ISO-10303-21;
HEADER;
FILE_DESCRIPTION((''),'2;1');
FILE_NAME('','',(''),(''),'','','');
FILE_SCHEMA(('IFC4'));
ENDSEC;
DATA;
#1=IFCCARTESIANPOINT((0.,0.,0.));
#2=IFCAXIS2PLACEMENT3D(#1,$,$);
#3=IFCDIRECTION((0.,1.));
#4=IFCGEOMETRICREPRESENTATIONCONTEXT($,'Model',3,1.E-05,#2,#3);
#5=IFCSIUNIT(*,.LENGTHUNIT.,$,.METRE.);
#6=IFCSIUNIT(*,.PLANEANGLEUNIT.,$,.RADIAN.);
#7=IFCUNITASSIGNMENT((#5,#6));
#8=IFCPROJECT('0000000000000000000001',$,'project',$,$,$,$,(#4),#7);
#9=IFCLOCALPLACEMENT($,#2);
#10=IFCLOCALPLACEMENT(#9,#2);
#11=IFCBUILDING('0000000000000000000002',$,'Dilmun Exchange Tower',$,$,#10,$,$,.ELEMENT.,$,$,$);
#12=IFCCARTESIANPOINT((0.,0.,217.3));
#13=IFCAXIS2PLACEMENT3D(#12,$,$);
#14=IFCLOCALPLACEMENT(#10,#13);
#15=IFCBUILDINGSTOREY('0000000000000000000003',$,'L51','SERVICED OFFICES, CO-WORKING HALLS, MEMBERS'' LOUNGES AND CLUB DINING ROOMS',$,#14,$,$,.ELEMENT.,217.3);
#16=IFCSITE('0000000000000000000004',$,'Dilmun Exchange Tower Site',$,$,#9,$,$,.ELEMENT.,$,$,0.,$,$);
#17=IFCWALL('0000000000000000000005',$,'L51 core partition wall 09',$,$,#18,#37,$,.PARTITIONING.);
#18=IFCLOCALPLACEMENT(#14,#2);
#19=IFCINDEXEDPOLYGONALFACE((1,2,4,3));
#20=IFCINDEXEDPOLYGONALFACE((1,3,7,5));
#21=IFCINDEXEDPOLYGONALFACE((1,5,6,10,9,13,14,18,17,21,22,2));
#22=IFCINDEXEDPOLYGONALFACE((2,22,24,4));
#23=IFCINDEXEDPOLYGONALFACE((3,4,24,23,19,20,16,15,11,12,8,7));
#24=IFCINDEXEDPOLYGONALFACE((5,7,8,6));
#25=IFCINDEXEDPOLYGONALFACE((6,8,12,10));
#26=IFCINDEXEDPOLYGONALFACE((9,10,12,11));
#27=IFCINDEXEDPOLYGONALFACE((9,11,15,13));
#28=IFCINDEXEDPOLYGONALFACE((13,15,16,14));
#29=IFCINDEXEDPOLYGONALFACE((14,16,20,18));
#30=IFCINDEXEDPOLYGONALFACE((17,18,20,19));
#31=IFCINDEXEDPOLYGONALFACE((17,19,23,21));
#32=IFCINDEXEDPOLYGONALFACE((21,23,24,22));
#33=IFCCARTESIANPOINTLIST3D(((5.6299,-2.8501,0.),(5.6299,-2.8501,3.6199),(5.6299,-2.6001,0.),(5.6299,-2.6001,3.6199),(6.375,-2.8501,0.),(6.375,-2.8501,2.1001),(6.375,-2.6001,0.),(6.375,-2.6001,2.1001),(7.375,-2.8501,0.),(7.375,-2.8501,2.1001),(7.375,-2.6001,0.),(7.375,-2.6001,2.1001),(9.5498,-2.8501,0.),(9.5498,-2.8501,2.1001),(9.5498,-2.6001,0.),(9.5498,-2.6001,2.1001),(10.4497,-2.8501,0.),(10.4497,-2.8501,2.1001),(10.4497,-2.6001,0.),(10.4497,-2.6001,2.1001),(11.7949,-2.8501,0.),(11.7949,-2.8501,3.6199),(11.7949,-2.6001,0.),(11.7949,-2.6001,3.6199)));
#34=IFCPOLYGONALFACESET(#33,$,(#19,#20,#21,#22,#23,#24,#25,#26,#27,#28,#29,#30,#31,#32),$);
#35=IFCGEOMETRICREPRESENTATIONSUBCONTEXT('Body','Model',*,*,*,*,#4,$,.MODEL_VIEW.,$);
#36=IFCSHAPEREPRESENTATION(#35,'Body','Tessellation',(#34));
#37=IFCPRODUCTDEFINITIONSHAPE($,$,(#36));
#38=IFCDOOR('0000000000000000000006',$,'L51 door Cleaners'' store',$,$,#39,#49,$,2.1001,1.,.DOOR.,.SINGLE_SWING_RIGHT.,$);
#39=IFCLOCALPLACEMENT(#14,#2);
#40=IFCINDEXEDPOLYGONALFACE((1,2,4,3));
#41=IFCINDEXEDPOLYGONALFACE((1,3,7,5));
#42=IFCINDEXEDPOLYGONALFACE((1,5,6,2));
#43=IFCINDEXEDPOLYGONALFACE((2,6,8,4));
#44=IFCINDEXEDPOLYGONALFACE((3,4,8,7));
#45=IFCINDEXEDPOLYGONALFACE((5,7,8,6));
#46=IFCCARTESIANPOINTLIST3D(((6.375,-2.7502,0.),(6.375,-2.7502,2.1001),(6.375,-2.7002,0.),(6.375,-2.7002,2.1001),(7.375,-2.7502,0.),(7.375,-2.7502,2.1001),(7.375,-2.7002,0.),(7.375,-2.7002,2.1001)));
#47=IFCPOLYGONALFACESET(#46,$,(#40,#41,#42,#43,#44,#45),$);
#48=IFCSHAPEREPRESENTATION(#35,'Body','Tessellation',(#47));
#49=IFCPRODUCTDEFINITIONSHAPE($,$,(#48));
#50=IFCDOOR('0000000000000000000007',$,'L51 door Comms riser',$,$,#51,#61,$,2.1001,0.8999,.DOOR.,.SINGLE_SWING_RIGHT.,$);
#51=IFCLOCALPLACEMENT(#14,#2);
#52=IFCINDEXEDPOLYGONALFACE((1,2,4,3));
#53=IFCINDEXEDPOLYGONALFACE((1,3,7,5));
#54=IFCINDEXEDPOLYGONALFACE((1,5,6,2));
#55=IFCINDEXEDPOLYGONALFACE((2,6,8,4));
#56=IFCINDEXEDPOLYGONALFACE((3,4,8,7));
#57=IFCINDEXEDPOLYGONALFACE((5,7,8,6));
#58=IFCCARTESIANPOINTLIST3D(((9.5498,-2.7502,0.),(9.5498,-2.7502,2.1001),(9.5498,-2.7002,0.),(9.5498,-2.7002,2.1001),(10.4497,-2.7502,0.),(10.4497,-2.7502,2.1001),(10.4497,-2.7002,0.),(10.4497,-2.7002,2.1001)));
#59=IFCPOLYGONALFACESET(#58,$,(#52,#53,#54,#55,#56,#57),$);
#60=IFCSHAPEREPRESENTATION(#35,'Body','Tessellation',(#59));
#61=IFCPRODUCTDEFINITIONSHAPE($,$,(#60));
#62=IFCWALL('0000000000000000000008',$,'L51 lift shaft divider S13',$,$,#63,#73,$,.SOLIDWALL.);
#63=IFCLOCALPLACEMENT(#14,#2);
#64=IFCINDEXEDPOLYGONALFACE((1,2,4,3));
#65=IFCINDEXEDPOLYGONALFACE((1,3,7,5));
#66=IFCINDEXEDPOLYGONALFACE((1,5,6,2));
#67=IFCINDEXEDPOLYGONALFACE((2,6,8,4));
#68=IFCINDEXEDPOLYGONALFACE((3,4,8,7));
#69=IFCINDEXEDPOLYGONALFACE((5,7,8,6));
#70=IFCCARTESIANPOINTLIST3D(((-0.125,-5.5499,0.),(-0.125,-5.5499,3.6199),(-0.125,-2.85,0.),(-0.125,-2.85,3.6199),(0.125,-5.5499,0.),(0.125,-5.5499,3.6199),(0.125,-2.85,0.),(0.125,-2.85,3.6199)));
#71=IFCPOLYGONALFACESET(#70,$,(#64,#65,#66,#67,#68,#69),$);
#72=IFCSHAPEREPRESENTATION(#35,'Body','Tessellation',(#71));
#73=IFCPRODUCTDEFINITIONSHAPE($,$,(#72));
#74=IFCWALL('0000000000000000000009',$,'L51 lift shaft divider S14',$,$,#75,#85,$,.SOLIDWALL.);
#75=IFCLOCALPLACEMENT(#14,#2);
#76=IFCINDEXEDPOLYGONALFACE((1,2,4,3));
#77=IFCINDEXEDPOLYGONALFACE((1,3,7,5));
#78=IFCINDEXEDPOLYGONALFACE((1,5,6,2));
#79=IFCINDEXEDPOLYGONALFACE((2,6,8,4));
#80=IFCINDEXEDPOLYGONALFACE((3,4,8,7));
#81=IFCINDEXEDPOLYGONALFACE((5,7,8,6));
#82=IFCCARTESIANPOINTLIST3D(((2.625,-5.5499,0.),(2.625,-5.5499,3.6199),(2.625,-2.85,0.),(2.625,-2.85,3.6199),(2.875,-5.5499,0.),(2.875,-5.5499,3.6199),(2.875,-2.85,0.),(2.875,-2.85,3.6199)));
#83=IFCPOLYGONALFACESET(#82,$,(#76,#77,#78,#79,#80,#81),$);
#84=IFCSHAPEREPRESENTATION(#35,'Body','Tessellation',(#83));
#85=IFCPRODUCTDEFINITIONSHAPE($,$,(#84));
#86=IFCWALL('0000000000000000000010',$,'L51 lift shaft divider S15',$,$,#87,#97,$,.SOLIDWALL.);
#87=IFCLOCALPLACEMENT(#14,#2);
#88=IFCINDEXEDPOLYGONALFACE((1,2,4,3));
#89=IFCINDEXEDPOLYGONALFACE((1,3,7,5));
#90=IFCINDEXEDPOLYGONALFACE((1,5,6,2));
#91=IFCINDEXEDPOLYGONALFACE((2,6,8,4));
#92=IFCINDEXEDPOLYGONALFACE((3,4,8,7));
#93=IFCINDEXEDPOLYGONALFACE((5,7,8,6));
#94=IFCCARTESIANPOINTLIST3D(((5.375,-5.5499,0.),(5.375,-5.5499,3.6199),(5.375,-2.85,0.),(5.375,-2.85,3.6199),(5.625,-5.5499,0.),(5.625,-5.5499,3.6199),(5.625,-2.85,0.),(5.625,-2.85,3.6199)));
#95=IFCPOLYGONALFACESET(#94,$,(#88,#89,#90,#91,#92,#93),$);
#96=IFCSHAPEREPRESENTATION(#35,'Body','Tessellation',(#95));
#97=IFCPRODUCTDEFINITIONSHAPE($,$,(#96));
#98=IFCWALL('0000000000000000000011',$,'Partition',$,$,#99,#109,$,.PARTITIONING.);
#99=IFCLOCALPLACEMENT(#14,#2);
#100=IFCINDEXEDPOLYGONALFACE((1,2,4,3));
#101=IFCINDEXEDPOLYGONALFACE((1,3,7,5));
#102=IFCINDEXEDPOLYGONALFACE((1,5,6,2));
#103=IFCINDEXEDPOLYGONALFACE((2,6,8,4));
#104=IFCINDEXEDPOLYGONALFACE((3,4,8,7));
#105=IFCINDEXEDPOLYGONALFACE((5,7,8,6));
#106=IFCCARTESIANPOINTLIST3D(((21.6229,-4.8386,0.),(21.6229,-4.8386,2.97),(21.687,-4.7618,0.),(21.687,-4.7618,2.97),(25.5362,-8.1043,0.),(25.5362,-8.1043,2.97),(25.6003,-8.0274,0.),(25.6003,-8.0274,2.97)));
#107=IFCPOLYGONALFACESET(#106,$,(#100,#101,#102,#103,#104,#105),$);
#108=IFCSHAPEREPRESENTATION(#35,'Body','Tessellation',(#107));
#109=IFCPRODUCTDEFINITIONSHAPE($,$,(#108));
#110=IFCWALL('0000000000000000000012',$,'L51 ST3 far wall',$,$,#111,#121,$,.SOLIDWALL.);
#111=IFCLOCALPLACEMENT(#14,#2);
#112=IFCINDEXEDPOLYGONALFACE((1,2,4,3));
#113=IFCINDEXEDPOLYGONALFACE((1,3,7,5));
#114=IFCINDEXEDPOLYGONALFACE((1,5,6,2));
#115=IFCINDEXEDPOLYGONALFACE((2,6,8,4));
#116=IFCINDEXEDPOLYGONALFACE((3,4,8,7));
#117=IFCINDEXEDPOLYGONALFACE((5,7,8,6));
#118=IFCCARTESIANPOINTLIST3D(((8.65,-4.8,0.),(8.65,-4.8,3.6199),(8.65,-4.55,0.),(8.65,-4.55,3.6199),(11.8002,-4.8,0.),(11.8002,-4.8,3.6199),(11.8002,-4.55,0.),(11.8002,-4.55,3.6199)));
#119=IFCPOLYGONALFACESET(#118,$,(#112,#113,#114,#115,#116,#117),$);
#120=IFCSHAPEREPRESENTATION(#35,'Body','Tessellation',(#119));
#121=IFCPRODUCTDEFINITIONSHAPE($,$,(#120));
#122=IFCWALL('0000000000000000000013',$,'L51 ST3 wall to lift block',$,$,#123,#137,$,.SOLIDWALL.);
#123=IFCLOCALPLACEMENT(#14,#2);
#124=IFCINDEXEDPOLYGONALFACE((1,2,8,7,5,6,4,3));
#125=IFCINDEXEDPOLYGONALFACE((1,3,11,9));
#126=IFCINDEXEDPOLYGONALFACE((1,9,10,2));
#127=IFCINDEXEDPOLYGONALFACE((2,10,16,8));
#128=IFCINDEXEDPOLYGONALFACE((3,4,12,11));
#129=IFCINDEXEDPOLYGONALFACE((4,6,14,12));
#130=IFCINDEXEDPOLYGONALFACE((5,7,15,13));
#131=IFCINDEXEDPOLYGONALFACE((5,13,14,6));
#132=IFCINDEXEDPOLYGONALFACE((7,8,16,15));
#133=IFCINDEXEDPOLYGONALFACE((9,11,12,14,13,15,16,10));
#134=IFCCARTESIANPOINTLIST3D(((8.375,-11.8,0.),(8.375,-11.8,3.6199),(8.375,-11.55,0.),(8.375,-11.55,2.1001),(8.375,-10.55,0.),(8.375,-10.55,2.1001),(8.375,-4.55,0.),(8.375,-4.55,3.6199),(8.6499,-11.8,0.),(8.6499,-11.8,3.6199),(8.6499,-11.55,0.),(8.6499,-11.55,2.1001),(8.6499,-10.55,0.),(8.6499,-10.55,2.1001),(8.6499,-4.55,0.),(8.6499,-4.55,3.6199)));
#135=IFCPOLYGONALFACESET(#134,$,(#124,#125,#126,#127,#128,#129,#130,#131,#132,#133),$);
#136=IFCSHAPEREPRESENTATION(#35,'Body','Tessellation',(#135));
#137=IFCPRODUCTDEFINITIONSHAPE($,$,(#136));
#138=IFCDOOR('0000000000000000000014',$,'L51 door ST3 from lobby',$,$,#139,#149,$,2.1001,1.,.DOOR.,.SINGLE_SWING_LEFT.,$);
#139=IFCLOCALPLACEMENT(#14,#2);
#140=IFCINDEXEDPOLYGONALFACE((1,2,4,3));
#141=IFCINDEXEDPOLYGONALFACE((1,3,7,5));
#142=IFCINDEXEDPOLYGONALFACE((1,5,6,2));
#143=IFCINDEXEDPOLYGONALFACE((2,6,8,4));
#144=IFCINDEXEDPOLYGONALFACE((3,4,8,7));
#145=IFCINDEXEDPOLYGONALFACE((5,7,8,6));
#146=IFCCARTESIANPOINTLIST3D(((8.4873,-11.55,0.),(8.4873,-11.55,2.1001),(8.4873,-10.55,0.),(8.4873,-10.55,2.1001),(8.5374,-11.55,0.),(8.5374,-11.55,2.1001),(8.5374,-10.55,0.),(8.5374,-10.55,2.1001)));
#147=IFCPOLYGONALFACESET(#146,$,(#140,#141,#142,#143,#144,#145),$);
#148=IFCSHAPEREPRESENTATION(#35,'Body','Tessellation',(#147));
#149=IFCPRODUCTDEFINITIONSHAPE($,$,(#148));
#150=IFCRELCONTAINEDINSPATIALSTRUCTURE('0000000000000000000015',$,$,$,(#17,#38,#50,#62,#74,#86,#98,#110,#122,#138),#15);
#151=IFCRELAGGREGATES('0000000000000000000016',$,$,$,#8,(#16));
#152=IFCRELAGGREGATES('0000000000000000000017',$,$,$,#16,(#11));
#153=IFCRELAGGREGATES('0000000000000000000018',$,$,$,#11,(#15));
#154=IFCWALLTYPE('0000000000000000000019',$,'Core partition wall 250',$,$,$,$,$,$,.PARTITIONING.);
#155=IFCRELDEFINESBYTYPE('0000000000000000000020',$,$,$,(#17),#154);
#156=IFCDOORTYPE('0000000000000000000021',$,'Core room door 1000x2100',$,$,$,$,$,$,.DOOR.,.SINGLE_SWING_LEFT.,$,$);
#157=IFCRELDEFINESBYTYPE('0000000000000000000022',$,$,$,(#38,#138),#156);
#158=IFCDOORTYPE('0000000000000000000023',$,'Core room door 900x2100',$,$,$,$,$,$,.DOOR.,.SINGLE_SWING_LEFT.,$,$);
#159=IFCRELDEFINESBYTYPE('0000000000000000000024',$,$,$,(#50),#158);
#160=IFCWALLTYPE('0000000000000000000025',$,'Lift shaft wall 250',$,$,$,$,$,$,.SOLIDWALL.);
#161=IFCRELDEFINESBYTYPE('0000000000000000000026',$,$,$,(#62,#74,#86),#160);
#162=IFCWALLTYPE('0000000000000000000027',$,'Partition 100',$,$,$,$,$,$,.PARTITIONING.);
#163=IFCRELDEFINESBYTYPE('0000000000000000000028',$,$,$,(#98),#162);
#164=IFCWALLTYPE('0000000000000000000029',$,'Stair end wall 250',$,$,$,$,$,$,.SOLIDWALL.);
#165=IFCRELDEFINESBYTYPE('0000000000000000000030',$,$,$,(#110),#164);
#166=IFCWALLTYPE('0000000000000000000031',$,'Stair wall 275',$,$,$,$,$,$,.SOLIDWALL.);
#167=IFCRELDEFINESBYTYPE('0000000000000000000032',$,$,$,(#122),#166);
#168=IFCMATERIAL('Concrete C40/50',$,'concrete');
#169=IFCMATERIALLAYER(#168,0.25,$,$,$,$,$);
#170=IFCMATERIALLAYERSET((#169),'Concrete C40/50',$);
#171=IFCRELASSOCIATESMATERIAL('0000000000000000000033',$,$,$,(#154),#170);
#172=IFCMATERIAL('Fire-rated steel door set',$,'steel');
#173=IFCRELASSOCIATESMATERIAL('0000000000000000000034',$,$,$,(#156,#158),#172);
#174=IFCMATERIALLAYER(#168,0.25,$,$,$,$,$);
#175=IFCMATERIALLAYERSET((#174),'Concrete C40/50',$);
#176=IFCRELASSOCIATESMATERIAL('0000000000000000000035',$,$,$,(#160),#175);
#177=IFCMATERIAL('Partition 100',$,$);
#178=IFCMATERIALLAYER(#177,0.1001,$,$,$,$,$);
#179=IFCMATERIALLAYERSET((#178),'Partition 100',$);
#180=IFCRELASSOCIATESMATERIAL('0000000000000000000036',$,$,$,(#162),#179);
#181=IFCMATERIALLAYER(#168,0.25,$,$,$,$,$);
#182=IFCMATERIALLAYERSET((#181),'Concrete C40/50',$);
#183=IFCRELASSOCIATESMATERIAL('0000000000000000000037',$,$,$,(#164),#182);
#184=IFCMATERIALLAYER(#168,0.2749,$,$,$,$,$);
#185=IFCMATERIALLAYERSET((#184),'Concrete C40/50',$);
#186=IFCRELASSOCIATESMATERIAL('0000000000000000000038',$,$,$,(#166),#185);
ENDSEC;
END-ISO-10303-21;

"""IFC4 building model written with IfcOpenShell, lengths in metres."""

from ifc_helpers import new_model, si_unit, direction, frame, frame_2d, origin, place, context, subcontext, project, spatial, rectangle, extrude, material, layer, layer_set, type_object, element, fill, save


model = new_model("IFC4")

# Units and contexts
model_context = context("Model", 3, precision=1e-05, world=origin(), true_north=direction((0.0, 1.0)))
body_context = subcontext(model_context, "Body", "Model", "MODEL_VIEW")
ifc_project = project(units=[si_unit("LENGTHUNIT", "METRE"), si_unit("PLANEANGLEUNIT", "RADIAN")], contexts=[model_context])

# Site, building, storey
site_placement = place(None, origin())
site = spatial("IfcSite", under=ifc_project, at=site_placement, Name="Dilmun Exchange Tower Site", CompositionType="ELEMENT", RefElevation=0.0)
building_placement = place(site_placement, origin())
building = spatial("IfcBuilding", under=site, at=building_placement, Name="Dilmun Exchange Tower", CompositionType="ELEMENT")
storey_placement = place(building_placement, frame((0.0, 0.0, 217.3)))
storey = spatial("IfcBuildingStorey", under=building, at=storey_placement, Name="L51", Description="SERVICED OFFICES, CO-WORKING HALLS, MEMBERS' LOUNGES AND CLUB DINING ROOMS", CompositionType="ELEMENT", Elevation=217.3)

# Shared definitions
ifc_material_1 = material(Name="Concrete C40/50", Category="concrete")

# Shared definitions
ifc_layer_1 = layer(ifc_material_1, 0.25)
ifc_layer_set_1 = layer_set([ifc_layer_1], Name="Concrete C40/50")
wall_type_1 = type_object("IfcWallType", Name="Core partition wall 250", PredefinedType="PARTITIONING", material=ifc_layer_set_1)

# Wall, openings, doors
wall_1_placement = place(storey_placement, frame((5.6299, -2.7251, 0.0), z_axis=(0.0, 0.0, 1.0), x_axis=(1.0, 0.0, 0.0)))
wall_1 = element("IfcWall", 1, at=wall_1_placement, inside=storey, type_object=wall_type_1, Name="L51 core partition wall 09", PredefinedType="PARTITIONING", context=body_context, shape_type="SweptSolid", body=[
    extrude(rectangle(XDim=6.165, YDim=0.25, at=frame_2d((3.0825, 0.0))), origin(), (0.0, 0.0, 1.0), 3.6199),
])
opening_1_placement = place(wall_1_placement, frame((0.7451, 0.0, 0.0)))
opening_1 = element("IfcOpeningElement", 2, at=opening_1_placement, cuts=wall_1, PredefinedType="OPENING", context=body_context, shape_type="SweptSolid", body=[
    extrude(rectangle(XDim=1.0, YDim=2.1001, at=frame_2d((0.5, 1.05))), frame((0.0, 0.135, 0.0), z_axis=(0.0, -1.0, 0.0), x_axis=(1.0, 0.0, 0.0)), (0.0, 0.0, 1.0), 0.27),
])
opening_2_placement = place(wall_1_placement, frame((3.9199, 0.0, 0.0)))
opening_2 = element("IfcOpeningElement", 3, at=opening_2_placement, cuts=wall_1, PredefinedType="OPENING", context=body_context, shape_type="SweptSolid", body=[
    extrude(rectangle(XDim=0.8999, YDim=2.1001, at=frame_2d((0.45, 1.05))), frame((0.0, 0.135, 0.0), z_axis=(0.0, -1.0, 0.0), x_axis=(1.0, 0.0, 0.0)), (0.0, 0.0, 1.0), 0.27),
])
ifc_material_2 = material(Name="Fire-rated steel door set", Category="steel")
door_type_1 = type_object("IfcDoorType", Name="Core room door 1000x2100", OperationType="SINGLE_SWING_LEFT", PredefinedType="DOOR", material=ifc_material_2)
door_1_placement = place(opening_1_placement, origin())
door_1 = element("IfcDoor", 4, at=door_1_placement, inside=storey, type_object=door_type_1, Name="L51 door Cleaners' store", OperationType="SINGLE_SWING_RIGHT", OverallHeight=2.1001, OverallWidth=1.0, PredefinedType="DOOR", context=body_context, shape_type="SweptSolid", body=[
    extrude(rectangle(XDim=1.0, YDim=2.1001, at=frame_2d((0.5, 1.05))), frame((0.0, 0.0249, 0.0), z_axis=(0.0, -1.0, 0.0), x_axis=(1.0, 0.0, 0.0)), (0.0, 0.0, 1.0), 0.05),
])
fill(opening_1, door_1)
door_type_2 = type_object("IfcDoorType", Name="Core room door 900x2100", OperationType="SINGLE_SWING_LEFT", PredefinedType="DOOR", material=ifc_material_2)
door_2_placement = place(opening_2_placement, origin())
door_2 = element("IfcDoor", 5, at=door_2_placement, inside=storey, type_object=door_type_2, Name="L51 door Comms riser", OperationType="SINGLE_SWING_RIGHT", OverallHeight=2.1001, OverallWidth=0.8999, PredefinedType="DOOR", context=body_context, shape_type="SweptSolid", body=[
    extrude(rectangle(XDim=0.8999, YDim=2.1001, at=frame_2d((0.45, 1.05))), frame((0.0, 0.0249, 0.0), z_axis=(0.0, -1.0, 0.0), x_axis=(1.0, 0.0, 0.0)), (0.0, 0.0, 1.0), 0.05),
])
fill(opening_2, door_2)

# Walls
ifc_layer_2 = layer(ifc_material_1, 0.25)
ifc_layer_set_2 = layer_set([ifc_layer_2], Name="Concrete C40/50")
wall_type_2 = type_object("IfcWallType", Name="Lift shaft wall 250", PredefinedType="SOLIDWALL", material=ifc_layer_set_2)
for number, where, z_axis, x_axis, name in (
    (6, (0.0, -5.55, 0.0), (0.0, 0.0, 1.0), (0.0, 1.0, 0.0), "L51 lift shaft divider S13"),
    (7, (2.75, -5.55, 0.0), (0.0, 0.0, 1.0), (0.0, 1.0, 0.0), "L51 lift shaft divider S14"),
    (8, (5.5, -5.55, 0.0), (0.0, 0.0, 1.0), (0.0, 1.0, 0.0), "L51 lift shaft divider S15"),
):
    element("IfcWall", number, at=place(storey_placement, frame(where, z_axis=z_axis, x_axis=x_axis)), inside=storey, type_object=wall_type_2, Name=name, PredefinedType="SOLIDWALL", context=body_context, shape_type="SweptSolid", body=[
        extrude(rectangle(XDim=2.7, YDim=0.25, at=frame_2d((1.3501, 0.0))), origin(), (0.0, 0.0, 1.0), 3.6199),
    ])
ifc_material_3 = material(Name="Partition 100")
ifc_layer_3 = layer(ifc_material_3, 0.1001)
ifc_layer_set_3 = layer_set([ifc_layer_3], Name="Partition 100")
wall_type_3 = type_object("IfcWallType", Name="Partition 100", PredefinedType="PARTITIONING", material=ifc_layer_set_3)
wall_2_placement = place(storey_placement, frame((21.655, -4.8003, 0.0), z_axis=(0.0, 0.0, 1.0), x_axis=(0.767785, -0.640707, 0.0)))
element("IfcWall", 9, at=wall_2_placement, inside=storey, type_object=wall_type_3, Name="Partition", PredefinedType="PARTITIONING", context=body_context, shape_type="SweptSolid", body=[
    extrude(rectangle(XDim=5.0969, YDim=0.1001, at=frame_2d((2.5483, 0.0))), origin(), (0.0, 0.0, 1.0), 2.97),
])
ifc_layer_4 = layer(ifc_material_1, 0.25)
ifc_layer_set_4 = layer_set([ifc_layer_4], Name="Concrete C40/50")
wall_type_4 = type_object("IfcWallType", Name="Stair end wall 250", PredefinedType="SOLIDWALL", material=ifc_layer_set_4)
wall_3_placement = place(storey_placement, frame((8.6499, -4.675, 0.0), z_axis=(0.0, 0.0, 1.0), x_axis=(1.0, 0.0, 0.0)))
element("IfcWall", 10, at=wall_3_placement, inside=storey, type_object=wall_type_4, Name="L51 ST3 far wall", PredefinedType="SOLIDWALL", context=body_context, shape_type="SweptSolid", body=[
    extrude(rectangle(XDim=3.1501, YDim=0.25, at=frame_2d((1.5752, 0.0))), origin(), (0.0, 0.0, 1.0), 3.6199),
])

# Wall, opening, door
ifc_layer_5 = layer(ifc_material_1, 0.2749)
ifc_layer_set_5 = layer_set([ifc_layer_5], Name="Concrete C40/50")
wall_type_5 = type_object("IfcWallType", Name="Stair wall 275", PredefinedType="SOLIDWALL", material=ifc_layer_set_5)
wall_4_placement = place(storey_placement, frame((8.5125, -4.55, 0.0), z_axis=(0.0, 0.0, 1.0), x_axis=(0.0, -1.0, 0.0)))
wall_4 = element("IfcWall", 11, at=wall_4_placement, inside=storey, type_object=wall_type_5, Name="L51 ST3 wall to lift block", PredefinedType="SOLIDWALL", context=body_context, shape_type="SweptSolid", body=[
    extrude(rectangle(XDim=7.25, YDim=0.2749, at=frame_2d((3.625, 0.0))), origin(), (0.0, 0.0, 1.0), 3.6199),
])
opening_3_placement = place(wall_4_placement, frame((6.0, 0.0, 0.0)))
opening_3 = element("IfcOpeningElement", 12, at=opening_3_placement, cuts=wall_4, PredefinedType="OPENING", context=body_context, shape_type="SweptSolid", body=[
    extrude(rectangle(XDim=1.0, YDim=2.1001, at=frame_2d((0.5, 1.05))), frame((0.0, 0.1475, 0.0), z_axis=(0.0, -1.0, 0.0), x_axis=(1.0, 0.0, 0.0)), (0.0, 0.0, 1.0), 0.2949),
])
door_3_placement = place(opening_3_placement, origin())
door_3 = element("IfcDoor", 13, at=door_3_placement, inside=storey, type_object=door_type_1, Name="L51 door ST3 from lobby", OperationType="SINGLE_SWING_LEFT", OverallHeight=2.1001, OverallWidth=1.0, PredefinedType="DOOR", context=body_context, shape_type="SweptSolid", body=[
    extrude(rectangle(XDim=1.0, YDim=2.1001, at=frame_2d((0.5, 1.05))), frame((0.0, 0.0249, 0.0), z_axis=(0.0, -1.0, 0.0), x_axis=(1.0, 0.0, 0.0)), (0.0, 0.0, 1.0), 0.05),
])
fill(opening_3, door_3)

save(model, "model.ifc")
